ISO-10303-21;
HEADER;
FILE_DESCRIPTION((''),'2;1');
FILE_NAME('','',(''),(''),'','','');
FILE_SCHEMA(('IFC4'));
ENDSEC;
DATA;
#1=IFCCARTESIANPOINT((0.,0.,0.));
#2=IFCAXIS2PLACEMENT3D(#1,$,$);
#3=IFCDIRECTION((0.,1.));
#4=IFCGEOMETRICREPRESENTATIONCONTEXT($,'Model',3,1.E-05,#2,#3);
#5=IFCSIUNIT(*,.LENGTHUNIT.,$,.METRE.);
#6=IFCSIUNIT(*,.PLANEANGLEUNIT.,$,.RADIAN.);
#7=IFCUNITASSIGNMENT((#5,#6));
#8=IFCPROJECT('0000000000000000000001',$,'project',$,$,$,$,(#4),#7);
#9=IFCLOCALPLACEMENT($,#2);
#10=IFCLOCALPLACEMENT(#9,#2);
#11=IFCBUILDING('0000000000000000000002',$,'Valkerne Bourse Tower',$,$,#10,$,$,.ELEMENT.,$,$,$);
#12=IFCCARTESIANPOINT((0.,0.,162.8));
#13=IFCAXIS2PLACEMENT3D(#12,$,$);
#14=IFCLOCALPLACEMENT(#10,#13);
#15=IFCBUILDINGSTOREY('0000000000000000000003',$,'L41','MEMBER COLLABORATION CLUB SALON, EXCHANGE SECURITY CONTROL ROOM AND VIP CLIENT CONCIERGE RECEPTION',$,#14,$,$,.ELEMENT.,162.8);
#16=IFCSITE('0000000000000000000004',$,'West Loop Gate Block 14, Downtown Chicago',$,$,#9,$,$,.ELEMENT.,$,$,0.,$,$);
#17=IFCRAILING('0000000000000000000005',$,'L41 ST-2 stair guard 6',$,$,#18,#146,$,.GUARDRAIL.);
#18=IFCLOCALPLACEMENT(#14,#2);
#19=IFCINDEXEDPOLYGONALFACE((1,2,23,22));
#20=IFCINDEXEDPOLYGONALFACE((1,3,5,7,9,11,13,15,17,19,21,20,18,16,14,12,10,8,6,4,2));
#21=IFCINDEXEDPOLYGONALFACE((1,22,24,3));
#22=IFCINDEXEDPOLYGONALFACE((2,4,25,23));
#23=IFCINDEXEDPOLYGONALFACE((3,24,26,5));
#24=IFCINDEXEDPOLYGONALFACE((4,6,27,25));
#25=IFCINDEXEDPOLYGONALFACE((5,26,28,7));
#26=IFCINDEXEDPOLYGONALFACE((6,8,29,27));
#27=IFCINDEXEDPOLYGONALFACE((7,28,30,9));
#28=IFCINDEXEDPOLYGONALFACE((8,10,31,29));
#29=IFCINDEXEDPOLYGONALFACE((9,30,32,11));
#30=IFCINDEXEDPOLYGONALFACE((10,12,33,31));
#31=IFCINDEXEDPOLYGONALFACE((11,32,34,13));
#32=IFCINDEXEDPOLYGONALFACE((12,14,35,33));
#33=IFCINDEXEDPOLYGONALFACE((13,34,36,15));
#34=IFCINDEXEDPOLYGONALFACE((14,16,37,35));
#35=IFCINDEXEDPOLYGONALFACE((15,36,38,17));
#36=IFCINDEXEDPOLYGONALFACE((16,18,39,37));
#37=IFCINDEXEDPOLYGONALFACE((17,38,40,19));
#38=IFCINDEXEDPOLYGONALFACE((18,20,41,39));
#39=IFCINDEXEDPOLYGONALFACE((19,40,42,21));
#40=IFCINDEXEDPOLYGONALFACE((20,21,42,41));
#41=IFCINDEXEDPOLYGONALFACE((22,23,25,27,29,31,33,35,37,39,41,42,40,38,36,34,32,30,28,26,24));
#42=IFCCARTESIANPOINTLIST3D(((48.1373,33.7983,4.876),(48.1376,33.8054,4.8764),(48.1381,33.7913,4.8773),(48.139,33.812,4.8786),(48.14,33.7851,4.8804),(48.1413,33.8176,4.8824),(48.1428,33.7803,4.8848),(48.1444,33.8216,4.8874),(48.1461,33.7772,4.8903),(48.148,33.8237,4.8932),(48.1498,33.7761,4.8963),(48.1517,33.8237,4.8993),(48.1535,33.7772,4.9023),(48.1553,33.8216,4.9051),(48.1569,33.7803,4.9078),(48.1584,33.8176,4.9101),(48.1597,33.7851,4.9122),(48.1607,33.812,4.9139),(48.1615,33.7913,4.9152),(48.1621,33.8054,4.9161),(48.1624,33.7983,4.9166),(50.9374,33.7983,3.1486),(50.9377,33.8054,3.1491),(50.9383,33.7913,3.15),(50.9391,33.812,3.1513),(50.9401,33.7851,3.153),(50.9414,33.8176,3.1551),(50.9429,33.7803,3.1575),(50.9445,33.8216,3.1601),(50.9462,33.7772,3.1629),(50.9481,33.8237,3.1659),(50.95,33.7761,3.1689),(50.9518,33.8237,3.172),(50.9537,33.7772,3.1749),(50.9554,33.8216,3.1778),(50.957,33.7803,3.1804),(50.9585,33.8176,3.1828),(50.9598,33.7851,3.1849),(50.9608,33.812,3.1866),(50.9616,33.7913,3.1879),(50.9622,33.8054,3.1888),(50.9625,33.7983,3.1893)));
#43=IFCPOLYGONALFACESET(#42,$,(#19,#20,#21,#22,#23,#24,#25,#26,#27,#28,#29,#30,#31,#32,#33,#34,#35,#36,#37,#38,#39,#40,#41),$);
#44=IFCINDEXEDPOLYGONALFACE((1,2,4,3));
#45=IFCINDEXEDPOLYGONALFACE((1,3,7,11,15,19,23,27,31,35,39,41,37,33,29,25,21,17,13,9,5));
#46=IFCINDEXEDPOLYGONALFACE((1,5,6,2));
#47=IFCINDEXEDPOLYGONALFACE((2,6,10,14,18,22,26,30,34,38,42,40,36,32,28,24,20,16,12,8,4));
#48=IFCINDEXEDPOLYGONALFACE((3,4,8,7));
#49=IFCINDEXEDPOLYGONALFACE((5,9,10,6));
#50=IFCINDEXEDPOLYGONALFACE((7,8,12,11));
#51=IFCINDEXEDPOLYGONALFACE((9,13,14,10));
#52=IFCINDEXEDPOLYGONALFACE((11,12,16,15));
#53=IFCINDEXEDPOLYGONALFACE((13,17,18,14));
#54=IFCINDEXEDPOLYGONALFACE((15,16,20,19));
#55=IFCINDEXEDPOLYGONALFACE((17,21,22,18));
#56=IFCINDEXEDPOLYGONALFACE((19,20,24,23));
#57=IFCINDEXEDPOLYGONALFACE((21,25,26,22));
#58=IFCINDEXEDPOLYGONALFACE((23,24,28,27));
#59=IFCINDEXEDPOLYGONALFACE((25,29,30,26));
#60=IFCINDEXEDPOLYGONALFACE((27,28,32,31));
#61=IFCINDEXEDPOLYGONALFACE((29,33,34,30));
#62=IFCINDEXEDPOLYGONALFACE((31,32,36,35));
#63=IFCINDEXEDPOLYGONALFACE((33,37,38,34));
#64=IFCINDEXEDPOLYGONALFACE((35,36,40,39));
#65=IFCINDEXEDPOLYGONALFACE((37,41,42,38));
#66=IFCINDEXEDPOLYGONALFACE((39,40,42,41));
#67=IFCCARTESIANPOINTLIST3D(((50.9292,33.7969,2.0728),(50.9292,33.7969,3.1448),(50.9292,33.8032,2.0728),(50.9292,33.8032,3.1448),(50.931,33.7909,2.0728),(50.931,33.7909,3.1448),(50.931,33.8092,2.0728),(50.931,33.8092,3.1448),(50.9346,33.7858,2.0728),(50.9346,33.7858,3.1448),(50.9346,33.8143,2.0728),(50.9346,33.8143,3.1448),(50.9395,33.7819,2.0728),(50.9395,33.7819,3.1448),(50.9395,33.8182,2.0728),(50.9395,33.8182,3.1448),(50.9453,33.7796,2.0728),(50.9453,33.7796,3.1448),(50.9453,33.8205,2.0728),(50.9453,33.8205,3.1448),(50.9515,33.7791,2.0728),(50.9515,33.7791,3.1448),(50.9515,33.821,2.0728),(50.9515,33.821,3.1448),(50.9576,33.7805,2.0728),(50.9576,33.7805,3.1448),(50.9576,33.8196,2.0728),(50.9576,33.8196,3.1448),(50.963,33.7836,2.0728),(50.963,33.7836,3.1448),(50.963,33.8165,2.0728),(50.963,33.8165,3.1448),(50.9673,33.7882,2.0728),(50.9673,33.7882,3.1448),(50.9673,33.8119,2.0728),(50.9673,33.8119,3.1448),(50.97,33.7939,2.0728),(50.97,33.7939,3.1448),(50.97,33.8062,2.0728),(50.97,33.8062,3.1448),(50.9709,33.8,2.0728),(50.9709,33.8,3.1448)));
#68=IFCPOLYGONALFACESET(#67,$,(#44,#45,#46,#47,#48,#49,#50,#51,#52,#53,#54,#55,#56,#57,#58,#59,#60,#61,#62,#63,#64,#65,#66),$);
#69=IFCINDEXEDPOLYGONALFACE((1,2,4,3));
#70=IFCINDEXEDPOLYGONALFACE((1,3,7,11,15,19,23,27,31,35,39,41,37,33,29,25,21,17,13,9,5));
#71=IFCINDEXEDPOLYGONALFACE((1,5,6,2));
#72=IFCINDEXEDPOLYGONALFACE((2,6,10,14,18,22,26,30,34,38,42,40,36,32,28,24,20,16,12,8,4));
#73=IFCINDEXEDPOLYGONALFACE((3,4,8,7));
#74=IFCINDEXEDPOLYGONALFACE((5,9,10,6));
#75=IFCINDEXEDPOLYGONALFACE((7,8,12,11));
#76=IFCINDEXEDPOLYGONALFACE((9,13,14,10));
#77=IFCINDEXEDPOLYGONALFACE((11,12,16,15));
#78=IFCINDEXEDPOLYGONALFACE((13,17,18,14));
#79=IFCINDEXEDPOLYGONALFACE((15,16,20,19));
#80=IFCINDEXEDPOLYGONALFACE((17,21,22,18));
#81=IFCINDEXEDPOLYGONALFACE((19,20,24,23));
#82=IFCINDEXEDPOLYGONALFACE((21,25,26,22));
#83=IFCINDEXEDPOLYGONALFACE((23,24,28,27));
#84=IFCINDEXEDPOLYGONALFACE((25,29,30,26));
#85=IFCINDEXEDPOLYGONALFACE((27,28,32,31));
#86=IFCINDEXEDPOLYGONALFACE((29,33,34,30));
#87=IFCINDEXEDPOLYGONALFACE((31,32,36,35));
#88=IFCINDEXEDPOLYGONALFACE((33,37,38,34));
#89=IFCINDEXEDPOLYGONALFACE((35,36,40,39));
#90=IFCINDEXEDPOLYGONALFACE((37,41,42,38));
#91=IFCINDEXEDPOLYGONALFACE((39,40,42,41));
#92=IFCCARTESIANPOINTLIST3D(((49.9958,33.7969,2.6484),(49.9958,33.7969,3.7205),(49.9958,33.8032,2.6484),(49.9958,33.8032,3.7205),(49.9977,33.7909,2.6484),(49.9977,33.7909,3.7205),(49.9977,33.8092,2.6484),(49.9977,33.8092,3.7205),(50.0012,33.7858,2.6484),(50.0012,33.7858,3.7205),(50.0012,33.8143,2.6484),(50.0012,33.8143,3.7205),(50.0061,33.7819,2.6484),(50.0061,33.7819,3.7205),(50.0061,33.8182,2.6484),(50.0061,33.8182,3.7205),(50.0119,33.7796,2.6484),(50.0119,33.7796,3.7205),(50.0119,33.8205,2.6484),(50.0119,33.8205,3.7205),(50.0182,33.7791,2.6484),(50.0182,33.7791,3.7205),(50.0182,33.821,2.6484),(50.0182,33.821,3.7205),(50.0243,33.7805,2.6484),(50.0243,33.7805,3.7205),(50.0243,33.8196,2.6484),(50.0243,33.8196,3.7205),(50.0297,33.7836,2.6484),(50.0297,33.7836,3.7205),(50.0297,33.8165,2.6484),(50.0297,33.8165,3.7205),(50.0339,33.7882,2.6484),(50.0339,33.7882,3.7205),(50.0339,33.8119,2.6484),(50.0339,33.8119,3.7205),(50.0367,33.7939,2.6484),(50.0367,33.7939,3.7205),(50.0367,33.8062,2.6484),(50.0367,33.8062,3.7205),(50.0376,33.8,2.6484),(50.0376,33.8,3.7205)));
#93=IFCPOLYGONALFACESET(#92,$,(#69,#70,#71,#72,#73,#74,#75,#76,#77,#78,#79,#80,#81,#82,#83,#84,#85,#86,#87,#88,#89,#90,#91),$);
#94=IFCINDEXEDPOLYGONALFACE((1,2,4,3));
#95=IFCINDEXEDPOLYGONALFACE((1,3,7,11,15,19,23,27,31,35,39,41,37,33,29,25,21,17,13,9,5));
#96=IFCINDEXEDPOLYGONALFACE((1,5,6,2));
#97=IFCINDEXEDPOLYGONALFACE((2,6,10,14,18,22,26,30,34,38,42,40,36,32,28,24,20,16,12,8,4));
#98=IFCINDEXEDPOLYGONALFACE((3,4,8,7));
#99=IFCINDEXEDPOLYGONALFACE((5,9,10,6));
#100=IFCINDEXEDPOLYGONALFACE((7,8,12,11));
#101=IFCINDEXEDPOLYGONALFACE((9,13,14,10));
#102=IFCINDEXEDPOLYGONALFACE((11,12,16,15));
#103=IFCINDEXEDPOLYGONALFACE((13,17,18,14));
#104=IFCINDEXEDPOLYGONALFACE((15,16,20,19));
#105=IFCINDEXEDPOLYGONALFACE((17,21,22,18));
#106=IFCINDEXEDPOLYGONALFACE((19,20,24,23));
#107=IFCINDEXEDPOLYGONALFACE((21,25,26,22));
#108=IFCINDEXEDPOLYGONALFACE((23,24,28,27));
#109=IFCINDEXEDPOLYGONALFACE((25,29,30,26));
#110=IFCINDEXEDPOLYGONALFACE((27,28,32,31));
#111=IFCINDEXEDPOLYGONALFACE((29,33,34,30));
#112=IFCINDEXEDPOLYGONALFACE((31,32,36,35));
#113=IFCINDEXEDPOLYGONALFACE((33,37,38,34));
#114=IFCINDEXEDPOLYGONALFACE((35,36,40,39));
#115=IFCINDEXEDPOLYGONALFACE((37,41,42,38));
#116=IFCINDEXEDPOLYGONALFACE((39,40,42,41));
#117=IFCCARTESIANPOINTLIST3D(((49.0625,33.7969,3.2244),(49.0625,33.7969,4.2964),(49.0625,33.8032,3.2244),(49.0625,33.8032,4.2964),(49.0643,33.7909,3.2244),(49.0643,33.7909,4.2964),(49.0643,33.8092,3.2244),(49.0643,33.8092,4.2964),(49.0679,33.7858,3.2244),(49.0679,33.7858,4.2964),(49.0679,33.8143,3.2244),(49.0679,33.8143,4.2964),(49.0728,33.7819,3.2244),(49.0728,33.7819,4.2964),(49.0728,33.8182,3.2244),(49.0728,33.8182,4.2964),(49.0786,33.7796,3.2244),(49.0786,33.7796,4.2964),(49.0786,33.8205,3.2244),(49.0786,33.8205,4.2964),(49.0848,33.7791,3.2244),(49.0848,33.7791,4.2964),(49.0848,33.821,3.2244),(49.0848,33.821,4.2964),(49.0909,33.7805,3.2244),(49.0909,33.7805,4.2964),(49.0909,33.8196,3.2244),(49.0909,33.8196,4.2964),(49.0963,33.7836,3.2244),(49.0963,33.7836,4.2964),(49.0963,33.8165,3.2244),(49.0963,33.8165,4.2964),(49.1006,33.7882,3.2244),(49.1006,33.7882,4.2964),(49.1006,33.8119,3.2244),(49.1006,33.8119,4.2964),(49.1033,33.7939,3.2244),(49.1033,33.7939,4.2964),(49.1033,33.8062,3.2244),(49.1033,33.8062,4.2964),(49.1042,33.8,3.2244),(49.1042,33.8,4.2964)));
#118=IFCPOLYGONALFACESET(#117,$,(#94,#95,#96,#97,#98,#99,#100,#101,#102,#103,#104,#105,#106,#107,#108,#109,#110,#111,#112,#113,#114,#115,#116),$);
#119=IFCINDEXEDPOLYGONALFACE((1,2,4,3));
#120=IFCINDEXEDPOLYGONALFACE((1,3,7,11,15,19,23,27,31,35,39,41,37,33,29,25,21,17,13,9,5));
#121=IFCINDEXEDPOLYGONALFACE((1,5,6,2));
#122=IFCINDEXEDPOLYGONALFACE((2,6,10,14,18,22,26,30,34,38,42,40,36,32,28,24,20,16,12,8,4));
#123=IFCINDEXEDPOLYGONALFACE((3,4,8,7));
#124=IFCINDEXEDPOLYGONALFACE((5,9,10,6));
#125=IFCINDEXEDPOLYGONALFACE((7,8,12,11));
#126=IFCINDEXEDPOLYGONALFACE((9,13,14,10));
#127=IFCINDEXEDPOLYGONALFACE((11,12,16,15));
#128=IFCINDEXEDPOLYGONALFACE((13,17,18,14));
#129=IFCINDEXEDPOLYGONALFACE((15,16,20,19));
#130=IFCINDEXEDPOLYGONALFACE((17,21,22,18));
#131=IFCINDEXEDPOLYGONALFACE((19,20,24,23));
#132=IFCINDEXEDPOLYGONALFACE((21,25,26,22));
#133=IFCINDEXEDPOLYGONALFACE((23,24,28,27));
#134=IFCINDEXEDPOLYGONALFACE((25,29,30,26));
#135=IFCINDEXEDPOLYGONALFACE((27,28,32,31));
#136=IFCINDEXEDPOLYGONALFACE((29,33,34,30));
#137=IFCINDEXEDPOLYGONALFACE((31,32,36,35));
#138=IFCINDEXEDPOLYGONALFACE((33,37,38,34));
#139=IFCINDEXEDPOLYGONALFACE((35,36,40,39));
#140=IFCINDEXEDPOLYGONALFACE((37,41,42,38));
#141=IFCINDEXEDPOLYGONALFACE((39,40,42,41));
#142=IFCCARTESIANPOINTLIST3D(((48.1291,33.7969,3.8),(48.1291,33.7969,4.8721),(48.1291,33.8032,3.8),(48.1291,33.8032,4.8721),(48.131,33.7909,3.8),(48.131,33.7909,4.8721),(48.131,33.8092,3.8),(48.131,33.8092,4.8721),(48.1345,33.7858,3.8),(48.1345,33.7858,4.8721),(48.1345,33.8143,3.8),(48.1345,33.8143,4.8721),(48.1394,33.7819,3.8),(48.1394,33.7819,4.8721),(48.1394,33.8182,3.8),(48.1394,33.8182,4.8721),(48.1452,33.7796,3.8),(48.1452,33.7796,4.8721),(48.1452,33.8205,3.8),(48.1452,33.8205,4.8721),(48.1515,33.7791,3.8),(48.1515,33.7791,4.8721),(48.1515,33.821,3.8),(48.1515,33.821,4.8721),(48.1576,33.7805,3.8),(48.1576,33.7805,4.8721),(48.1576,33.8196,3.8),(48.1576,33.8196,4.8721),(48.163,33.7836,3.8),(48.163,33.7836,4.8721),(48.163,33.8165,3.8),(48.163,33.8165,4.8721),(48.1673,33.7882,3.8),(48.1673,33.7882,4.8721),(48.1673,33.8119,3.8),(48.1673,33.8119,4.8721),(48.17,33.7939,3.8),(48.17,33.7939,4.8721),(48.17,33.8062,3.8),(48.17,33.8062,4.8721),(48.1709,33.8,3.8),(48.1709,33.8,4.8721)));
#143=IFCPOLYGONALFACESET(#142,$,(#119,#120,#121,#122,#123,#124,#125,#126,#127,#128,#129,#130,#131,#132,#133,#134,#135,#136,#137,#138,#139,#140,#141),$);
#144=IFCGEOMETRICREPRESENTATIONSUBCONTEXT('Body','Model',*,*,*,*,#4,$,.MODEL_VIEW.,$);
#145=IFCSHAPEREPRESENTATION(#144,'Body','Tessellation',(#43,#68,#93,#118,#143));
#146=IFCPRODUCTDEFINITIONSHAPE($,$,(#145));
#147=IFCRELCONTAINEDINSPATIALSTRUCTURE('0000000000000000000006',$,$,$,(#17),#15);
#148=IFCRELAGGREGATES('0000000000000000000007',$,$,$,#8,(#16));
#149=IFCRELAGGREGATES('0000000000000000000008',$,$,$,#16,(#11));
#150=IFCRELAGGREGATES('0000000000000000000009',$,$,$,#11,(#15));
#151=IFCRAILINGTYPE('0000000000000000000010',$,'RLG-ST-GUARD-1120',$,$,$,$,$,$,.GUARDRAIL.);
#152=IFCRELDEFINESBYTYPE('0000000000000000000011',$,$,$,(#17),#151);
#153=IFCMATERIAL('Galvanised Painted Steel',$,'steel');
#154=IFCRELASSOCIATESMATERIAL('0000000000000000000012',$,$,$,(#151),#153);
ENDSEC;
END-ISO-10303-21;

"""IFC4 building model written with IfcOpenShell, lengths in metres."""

from ifc_helpers import new_model, si_unit, direction, frame, origin, origin_2d, place, context, subcontext, project, spatial, circle, extrude, material, type_object, element, save


model = new_model("IFC4")

# Units and contexts
model_context = context("Model", 3, precision=1e-05, world=origin(), true_north=direction((0.0, 1.0)))
body_context = subcontext(model_context, "Body", "Model", "MODEL_VIEW")
ifc_project = project(units=[si_unit("LENGTHUNIT", "METRE"), si_unit("PLANEANGLEUNIT", "RADIAN")], contexts=[model_context])

# Site, building, storey
site_placement = place(None, origin())
site = spatial("IfcSite", under=ifc_project, at=site_placement, Name="West Loop Gate Block 14, Downtown Chicago", CompositionType="ELEMENT", RefElevation=0.0)
building_placement = place(site_placement, origin())
building = spatial("IfcBuilding", under=site, at=building_placement, Name="Valkerne Bourse Tower", CompositionType="ELEMENT")
storey_placement = place(building_placement, frame((0.0, 0.0, 162.8)))
storey = spatial("IfcBuildingStorey", under=building, at=storey_placement, Name="L41", Description="MEMBER COLLABORATION CLUB SALON, EXCHANGE SECURITY CONTROL ROOM AND VIP CLIENT CONCIERGE RECEPTION", CompositionType="ELEMENT", Elevation=162.8)

# Shared definitions
ifc_material_1 = material(Name="Galvanised Painted Steel", Category="steel")

# Railing
railing_type_1 = type_object("IfcRailingType", Name="RLG-ST-GUARD-1120", PredefinedType="GUARDRAIL", material=ifc_material_1)
railing_1_placement = place(storey_placement, frame((50.95, 33.8, 2.0728)))
element("IfcRailing", 1, at=railing_1_placement, inside=storey, type_object=railing_type_1, Name="L41 ST-2 stair guard 6", PredefinedType="GUARDRAIL", context=body_context, shape_type="SweptSolid", body=[
    extrude(circle(Radius=0.0239, at=origin_2d()), frame((0.0, 0.0, 1.0962), z_axis=(-0.85109, 0.0, 0.52502), x_axis=(0.0, -1.0, 0.0)), (0.0, 0.0, 1.0), 3.29),
    extrude(circle(Radius=0.021, at=origin_2d()), origin(), (0.0, 0.0, 1.0), 1.072),
    extrude(circle(Radius=0.021, at=origin_2d()), frame((-0.9333, 0.0, 0.5757)), (0.0, 0.0, 1.0), 1.072),
    extrude(circle(Radius=0.021, at=origin_2d()), frame((-1.8667, 0.0, 1.1516)), (0.0, 0.0, 1.0), 1.072),
    extrude(circle(Radius=0.021, at=origin_2d()), frame((-2.8, 0.0, 1.7273)), (0.0, 0.0, 1.0), 1.072),
])

save(model, "model.ifc")
